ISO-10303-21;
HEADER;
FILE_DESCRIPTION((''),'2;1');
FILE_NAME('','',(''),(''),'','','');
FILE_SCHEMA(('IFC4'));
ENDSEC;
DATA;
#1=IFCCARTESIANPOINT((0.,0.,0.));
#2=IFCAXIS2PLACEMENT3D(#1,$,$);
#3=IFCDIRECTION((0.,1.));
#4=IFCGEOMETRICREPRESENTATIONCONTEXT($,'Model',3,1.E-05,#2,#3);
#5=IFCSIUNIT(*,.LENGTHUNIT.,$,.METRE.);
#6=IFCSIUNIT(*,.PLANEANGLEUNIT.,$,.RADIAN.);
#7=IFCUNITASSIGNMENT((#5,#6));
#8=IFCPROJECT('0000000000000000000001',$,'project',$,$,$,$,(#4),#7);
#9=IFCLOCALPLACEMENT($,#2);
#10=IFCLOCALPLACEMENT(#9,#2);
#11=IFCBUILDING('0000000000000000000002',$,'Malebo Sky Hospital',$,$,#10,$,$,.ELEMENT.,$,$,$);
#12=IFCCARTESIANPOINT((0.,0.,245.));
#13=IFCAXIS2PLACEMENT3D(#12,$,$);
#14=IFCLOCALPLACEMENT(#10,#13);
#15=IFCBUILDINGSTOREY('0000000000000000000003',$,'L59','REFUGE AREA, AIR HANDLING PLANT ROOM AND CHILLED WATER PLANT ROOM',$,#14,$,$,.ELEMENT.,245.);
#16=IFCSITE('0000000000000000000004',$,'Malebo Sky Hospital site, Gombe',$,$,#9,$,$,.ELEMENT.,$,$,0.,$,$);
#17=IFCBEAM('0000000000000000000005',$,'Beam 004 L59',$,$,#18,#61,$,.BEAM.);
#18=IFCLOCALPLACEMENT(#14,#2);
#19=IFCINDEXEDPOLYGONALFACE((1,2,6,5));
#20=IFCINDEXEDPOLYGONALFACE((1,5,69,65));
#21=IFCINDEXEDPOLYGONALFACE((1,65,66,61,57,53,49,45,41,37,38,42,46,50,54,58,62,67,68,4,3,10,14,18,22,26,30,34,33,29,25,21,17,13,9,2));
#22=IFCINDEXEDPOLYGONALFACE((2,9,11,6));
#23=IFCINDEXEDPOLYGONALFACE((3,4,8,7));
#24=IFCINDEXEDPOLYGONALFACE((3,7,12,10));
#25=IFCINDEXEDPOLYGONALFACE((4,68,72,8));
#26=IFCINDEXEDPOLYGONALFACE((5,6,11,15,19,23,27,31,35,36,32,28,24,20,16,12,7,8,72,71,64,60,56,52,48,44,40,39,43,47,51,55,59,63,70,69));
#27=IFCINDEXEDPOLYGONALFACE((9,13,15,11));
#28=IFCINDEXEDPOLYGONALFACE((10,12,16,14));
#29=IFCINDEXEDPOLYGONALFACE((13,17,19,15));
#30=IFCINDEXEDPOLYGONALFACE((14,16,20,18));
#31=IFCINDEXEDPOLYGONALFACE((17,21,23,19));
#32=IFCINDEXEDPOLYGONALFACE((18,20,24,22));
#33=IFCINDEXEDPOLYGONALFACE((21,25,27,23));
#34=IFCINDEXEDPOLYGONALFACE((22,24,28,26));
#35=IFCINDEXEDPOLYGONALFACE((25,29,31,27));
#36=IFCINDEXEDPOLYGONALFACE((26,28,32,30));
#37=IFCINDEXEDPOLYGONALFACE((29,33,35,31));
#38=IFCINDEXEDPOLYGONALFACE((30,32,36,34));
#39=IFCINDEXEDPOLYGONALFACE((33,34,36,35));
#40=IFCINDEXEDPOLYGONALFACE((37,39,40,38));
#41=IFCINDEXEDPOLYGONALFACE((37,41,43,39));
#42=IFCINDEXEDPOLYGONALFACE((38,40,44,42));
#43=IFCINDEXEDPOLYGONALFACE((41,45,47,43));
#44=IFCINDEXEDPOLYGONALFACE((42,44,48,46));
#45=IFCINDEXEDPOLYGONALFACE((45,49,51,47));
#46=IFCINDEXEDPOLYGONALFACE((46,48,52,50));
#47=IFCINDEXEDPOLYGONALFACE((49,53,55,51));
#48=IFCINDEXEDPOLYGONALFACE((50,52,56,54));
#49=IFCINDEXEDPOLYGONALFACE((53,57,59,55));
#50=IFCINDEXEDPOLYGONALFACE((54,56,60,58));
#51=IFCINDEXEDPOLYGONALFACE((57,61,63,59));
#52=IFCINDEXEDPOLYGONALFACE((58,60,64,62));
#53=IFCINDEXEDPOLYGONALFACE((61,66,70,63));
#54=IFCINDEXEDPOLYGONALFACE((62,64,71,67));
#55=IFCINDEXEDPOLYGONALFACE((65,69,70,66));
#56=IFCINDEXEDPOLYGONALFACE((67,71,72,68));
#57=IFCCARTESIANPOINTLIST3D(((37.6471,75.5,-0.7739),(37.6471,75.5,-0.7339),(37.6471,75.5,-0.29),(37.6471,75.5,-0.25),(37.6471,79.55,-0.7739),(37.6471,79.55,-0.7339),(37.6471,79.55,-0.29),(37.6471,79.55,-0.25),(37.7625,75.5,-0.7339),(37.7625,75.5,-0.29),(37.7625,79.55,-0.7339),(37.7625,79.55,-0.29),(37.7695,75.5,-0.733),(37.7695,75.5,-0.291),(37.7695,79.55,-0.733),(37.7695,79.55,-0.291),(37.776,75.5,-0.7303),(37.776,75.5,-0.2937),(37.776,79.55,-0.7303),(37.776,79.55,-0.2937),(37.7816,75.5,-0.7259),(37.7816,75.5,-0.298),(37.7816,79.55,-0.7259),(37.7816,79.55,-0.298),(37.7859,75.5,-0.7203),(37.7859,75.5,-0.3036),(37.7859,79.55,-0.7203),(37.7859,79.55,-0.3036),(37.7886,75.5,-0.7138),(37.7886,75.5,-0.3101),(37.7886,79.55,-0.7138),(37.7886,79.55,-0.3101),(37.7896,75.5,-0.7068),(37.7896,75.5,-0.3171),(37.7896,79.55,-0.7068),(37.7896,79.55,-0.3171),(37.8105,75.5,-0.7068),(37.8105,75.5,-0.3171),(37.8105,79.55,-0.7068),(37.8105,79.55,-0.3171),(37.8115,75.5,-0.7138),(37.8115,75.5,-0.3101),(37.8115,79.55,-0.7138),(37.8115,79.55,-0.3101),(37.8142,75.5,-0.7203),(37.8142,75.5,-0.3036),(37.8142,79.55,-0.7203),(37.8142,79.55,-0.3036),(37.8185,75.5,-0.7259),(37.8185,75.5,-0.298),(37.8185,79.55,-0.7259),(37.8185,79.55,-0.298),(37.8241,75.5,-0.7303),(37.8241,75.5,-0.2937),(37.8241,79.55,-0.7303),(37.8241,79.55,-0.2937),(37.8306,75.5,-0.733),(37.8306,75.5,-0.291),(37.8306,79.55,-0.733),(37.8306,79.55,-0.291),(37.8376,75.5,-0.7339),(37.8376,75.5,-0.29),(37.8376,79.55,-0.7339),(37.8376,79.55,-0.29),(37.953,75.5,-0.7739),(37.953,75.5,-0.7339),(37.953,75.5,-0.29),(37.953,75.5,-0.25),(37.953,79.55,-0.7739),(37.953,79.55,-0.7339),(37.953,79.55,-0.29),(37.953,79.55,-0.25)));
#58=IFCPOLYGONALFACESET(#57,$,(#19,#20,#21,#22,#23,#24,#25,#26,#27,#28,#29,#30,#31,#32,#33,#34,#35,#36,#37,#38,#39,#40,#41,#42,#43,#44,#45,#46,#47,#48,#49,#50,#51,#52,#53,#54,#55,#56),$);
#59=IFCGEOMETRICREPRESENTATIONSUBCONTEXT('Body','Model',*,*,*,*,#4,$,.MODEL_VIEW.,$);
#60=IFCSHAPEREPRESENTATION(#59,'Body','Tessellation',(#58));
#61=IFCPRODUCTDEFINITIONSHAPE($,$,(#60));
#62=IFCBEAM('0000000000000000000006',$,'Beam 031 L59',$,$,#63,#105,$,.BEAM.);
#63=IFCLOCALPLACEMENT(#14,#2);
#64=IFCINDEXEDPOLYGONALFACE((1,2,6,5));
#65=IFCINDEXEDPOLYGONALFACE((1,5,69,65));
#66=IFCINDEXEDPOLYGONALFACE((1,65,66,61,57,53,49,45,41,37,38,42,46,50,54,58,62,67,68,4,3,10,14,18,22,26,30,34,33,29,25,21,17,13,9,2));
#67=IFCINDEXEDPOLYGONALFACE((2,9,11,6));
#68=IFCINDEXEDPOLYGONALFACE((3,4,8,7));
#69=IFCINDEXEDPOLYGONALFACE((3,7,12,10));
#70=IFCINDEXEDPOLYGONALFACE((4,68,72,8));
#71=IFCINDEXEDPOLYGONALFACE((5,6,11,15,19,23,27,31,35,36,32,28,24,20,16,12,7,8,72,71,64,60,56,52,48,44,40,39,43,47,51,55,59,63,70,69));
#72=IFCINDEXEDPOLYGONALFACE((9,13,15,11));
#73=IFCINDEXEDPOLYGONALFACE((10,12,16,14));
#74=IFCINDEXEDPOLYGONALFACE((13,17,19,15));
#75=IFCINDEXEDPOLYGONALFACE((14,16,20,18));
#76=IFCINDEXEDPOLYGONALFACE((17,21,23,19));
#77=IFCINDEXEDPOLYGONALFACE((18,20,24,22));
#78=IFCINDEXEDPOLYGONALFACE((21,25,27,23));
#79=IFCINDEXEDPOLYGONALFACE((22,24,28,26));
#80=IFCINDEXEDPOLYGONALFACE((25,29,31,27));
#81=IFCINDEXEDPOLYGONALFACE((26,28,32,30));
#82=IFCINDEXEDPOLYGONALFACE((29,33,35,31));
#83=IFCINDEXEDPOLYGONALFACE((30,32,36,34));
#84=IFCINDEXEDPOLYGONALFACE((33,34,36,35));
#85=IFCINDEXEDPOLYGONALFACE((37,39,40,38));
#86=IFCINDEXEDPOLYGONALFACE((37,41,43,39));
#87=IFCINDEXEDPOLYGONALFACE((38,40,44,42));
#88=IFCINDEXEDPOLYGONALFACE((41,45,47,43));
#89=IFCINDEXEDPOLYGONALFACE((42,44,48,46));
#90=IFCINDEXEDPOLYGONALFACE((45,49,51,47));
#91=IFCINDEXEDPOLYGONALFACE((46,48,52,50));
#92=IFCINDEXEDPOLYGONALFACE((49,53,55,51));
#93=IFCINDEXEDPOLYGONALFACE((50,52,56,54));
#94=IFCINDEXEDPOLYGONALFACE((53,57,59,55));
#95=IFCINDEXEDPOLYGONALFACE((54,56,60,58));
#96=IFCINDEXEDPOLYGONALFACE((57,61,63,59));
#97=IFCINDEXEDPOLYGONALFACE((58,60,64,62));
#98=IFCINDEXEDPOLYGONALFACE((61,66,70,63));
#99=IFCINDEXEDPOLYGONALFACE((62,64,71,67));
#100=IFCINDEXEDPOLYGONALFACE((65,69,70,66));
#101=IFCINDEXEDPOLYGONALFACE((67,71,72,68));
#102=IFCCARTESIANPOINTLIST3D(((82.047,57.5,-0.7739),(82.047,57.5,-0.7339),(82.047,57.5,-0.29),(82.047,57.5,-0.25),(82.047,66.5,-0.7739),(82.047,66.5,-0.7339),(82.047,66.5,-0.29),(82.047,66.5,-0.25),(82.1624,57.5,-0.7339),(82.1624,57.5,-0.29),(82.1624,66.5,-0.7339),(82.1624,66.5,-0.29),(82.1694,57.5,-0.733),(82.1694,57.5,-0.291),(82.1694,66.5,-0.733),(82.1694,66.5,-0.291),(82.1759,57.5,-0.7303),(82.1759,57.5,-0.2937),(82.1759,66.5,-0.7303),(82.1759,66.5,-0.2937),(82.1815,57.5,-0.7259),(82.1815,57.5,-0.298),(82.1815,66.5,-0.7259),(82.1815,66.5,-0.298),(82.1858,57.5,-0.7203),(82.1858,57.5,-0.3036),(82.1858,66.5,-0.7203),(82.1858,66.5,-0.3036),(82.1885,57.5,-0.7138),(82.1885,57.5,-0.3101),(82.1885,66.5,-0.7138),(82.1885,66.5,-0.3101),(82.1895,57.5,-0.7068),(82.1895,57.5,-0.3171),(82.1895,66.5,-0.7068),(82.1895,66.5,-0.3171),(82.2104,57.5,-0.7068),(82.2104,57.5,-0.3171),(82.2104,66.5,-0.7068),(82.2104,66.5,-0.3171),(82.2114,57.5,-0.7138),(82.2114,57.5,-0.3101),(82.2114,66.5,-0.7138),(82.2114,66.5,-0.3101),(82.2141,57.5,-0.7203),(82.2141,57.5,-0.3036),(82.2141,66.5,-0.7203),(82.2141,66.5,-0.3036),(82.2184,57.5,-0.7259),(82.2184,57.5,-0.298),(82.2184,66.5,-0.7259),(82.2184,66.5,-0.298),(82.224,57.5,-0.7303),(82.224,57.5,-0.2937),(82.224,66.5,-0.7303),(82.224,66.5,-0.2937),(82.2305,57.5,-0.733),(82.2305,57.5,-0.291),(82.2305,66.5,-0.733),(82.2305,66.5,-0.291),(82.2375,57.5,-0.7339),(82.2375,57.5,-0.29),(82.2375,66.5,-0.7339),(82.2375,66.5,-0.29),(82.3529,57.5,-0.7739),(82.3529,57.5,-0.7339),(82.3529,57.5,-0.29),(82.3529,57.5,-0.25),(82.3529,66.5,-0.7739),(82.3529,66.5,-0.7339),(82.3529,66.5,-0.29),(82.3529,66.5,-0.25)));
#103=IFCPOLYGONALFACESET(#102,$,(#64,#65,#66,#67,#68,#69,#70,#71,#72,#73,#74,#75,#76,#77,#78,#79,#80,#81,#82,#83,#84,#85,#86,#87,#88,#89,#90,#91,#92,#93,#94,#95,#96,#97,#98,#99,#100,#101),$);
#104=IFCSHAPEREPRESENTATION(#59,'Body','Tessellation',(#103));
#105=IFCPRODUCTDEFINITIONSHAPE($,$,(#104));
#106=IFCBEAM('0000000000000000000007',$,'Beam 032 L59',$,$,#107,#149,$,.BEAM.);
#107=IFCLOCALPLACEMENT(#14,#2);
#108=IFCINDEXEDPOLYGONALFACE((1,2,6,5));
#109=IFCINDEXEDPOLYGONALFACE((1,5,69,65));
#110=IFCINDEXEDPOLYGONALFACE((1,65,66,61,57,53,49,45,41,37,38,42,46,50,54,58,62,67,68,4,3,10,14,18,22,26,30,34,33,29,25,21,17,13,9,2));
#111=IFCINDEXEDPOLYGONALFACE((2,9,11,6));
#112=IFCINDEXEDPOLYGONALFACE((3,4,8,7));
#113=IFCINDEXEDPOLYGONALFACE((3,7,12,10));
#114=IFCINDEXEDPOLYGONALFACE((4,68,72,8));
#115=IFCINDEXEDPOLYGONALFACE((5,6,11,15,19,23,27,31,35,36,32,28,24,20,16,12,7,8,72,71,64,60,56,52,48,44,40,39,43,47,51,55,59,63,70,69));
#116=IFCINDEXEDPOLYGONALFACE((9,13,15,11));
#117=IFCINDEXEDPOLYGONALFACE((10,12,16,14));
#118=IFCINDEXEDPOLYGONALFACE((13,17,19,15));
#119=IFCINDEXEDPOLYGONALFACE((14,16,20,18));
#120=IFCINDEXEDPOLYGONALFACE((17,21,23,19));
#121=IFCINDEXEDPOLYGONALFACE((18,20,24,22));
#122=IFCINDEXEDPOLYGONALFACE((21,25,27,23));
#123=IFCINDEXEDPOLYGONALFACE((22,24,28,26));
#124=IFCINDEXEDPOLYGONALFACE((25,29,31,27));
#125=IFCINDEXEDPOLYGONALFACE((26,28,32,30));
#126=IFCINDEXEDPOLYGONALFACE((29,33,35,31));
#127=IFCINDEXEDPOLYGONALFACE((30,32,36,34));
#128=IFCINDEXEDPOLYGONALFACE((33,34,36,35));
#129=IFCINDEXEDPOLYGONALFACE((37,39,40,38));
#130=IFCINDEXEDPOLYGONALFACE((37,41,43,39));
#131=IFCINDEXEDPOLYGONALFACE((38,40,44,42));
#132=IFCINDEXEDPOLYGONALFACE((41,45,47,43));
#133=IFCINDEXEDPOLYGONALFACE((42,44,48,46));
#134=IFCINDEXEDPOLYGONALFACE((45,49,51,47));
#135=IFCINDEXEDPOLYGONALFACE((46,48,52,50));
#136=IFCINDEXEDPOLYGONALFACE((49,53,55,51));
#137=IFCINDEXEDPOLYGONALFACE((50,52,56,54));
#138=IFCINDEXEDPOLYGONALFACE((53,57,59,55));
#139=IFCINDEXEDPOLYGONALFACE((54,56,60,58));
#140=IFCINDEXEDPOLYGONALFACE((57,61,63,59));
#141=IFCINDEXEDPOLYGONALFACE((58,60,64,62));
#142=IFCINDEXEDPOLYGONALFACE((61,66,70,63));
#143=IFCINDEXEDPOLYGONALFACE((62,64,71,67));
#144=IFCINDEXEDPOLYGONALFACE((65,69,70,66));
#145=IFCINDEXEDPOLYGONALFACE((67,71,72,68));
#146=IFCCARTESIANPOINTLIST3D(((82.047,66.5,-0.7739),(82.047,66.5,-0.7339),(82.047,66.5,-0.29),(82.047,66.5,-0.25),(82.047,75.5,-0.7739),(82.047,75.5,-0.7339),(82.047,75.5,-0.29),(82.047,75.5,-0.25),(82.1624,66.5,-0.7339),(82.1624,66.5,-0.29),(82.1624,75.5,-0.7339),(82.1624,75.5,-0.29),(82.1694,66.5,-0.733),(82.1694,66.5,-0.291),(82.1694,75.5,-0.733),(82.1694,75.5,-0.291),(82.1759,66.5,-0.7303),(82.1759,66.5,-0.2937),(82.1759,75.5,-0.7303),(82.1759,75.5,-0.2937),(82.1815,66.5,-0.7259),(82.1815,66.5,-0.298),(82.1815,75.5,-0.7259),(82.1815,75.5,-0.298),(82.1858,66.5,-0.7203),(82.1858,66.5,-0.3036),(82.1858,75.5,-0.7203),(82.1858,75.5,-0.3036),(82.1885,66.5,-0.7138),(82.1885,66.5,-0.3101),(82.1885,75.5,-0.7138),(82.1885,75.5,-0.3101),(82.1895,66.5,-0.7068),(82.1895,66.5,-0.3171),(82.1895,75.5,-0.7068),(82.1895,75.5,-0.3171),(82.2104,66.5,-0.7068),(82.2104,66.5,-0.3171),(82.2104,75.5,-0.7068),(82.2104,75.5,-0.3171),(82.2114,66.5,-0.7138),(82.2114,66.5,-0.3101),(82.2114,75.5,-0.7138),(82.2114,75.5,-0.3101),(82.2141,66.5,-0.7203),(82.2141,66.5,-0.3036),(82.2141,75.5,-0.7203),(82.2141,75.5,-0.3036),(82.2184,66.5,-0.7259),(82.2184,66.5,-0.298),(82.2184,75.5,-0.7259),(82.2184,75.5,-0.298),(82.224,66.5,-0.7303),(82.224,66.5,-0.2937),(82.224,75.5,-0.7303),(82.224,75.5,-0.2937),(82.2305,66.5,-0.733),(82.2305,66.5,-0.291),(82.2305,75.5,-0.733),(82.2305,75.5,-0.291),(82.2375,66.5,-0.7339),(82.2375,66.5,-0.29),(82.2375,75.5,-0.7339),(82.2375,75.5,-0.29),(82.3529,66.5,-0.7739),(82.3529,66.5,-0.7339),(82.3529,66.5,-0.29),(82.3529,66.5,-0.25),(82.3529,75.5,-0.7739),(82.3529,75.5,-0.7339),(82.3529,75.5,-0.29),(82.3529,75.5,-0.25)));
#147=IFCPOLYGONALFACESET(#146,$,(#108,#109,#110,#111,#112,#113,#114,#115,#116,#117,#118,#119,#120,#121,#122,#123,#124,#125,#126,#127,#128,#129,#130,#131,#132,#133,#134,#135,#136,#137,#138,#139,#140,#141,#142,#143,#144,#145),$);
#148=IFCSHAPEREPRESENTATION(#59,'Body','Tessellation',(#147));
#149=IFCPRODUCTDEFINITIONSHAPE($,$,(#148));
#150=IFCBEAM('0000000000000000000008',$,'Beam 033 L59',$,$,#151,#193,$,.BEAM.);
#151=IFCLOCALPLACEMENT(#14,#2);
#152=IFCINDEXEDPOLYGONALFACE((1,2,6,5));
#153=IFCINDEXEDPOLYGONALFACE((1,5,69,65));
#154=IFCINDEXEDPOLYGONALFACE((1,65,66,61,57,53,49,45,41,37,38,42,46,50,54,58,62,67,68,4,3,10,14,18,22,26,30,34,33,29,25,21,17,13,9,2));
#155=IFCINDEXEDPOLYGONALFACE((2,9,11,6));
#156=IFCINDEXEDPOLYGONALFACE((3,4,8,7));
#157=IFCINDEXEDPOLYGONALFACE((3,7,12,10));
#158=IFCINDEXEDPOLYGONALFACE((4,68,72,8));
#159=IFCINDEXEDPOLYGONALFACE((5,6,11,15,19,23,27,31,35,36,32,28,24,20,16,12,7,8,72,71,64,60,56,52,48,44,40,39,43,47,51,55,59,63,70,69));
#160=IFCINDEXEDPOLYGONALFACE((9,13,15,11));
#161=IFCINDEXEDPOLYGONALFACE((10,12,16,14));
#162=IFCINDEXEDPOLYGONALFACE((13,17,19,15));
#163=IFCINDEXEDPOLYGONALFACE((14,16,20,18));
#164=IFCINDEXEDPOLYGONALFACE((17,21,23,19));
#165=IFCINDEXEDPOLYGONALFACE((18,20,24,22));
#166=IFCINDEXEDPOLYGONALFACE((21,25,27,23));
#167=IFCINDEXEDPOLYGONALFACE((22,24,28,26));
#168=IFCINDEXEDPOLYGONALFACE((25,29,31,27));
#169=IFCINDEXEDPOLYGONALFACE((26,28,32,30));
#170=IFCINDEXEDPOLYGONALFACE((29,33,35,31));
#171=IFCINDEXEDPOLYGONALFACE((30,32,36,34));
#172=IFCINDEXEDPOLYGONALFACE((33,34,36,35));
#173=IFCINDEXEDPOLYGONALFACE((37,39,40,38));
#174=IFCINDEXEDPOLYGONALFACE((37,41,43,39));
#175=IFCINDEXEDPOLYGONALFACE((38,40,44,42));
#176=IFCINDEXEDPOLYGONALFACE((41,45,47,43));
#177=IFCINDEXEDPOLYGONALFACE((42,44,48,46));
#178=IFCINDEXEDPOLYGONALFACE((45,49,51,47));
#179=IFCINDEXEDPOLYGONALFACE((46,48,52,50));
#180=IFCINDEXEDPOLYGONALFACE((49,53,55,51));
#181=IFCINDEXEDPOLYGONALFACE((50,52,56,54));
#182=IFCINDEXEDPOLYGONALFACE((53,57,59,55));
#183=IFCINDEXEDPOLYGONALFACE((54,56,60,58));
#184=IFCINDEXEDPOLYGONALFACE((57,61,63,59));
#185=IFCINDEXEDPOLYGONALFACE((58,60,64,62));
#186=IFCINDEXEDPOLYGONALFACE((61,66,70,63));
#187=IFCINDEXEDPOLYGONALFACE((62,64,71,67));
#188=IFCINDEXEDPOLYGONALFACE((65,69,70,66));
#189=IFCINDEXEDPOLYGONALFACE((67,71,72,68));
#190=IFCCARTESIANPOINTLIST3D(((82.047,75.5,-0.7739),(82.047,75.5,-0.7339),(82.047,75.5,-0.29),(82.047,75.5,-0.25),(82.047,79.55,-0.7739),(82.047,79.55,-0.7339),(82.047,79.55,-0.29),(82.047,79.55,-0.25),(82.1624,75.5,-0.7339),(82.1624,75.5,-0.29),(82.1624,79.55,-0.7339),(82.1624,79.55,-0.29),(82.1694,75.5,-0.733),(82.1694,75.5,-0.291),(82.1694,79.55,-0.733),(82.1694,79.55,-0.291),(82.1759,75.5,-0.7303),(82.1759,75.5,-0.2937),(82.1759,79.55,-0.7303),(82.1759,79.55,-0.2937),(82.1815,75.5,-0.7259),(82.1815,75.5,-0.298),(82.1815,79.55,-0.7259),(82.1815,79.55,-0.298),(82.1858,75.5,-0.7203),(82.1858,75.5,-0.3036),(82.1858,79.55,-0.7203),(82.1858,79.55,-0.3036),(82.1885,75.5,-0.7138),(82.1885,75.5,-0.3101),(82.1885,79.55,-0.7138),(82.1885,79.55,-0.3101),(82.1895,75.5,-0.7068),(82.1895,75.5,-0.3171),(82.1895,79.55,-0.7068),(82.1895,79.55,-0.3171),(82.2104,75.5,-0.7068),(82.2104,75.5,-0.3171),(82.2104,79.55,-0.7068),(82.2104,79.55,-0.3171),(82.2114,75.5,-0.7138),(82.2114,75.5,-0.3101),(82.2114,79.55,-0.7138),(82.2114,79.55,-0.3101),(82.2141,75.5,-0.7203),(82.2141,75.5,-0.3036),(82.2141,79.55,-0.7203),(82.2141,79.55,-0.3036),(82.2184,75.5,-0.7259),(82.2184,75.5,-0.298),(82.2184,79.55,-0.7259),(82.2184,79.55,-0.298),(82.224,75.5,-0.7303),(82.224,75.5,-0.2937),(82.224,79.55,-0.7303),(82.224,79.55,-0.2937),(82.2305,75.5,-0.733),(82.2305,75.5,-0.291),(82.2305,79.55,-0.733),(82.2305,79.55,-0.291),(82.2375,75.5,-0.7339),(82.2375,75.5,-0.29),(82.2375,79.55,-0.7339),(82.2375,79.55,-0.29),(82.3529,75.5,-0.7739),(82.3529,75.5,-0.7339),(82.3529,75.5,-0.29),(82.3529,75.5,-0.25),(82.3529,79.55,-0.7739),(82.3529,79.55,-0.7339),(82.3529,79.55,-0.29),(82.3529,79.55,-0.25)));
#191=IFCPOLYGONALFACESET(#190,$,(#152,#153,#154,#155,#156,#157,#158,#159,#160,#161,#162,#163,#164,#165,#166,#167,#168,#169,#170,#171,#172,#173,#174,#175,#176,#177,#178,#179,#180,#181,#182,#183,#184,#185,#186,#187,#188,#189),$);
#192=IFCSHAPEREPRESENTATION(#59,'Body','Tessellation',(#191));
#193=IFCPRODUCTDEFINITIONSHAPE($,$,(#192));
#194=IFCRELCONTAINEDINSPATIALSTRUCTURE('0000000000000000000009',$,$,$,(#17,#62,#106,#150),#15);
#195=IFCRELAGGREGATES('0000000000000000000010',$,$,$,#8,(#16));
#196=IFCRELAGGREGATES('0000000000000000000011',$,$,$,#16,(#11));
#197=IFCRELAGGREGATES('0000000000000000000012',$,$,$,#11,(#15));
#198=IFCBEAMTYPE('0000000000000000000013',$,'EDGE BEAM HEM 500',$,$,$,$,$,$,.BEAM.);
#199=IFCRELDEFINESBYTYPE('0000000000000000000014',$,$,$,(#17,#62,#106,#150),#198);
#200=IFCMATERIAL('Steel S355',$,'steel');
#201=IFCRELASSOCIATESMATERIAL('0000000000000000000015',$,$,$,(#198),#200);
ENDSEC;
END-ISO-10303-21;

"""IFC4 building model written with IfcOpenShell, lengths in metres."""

from ifc_helpers import new_model, si_unit, direction, frame, origin, origin_2d, place, context, subcontext, project, spatial, i_section, extrude, material, material_profile, profile_set, type_object, element, save


model = new_model("IFC4")

# Units and contexts
model_context = context("Model", 3, precision=1e-05, world=origin(), true_north=direction((0.0, 1.0)))
body_context = subcontext(model_context, "Body", "Model", "MODEL_VIEW")
ifc_project = project(units=[si_unit("LENGTHUNIT", "METRE"), si_unit("PLANEANGLEUNIT", "RADIAN")], contexts=[model_context])

# Site, building, storey
site_placement = place(None, origin())
site = spatial("IfcSite", under=ifc_project, at=site_placement, Name="Malebo Sky Hospital site, Gombe", CompositionType="ELEMENT", RefElevation=0.0)
building_placement = place(site_placement, origin())
building = spatial("IfcBuilding", under=site, at=building_placement, Name="Malebo Sky Hospital", CompositionType="ELEMENT")
storey_placement = place(building_placement, frame((0.0, 0.0, 245.0)))
storey = spatial("IfcBuildingStorey", under=building, at=storey_placement, Name="L59", Description="REFUGE AREA, AIR HANDLING PLANT ROOM AND CHILLED WATER PLANT ROOM", CompositionType="ELEMENT", Elevation=245.0)

# Beams
ifc_material_1 = material(Name="Steel S355", Category="steel")
ifc_material_profile_1 = material_profile(ifc_material_1, i_section(OverallWidth=0.3059, OverallDepth=0.5239, WebThickness=0.021, FlangeThickness=0.04, FilletRadius=0.0271, at=origin_2d()), Name="HEM 500")
ifc_profile_set_1 = profile_set([ifc_material_profile_1], Name="Steel S355")
beam_type_1 = type_object("IfcBeamType", Name="EDGE BEAM HEM 500", PredefinedType="BEAM", material=ifc_profile_set_1)
beam_1_placement = place(storey_placement, frame((37.8, 75.5, -0.512), z_axis=(0.0, 1.0, 0.0), x_axis=(-1.0, 0.0, 0.0)))
element("IfcBeam", 1, at=beam_1_placement, inside=storey, type_object=beam_type_1, Name="Beam 004 L59", PredefinedType="BEAM", context=body_context, shape_type="SweptSolid", body=[
    extrude(i_section(OverallWidth=0.3059, OverallDepth=0.5239, WebThickness=0.021, FlangeThickness=0.04, FilletRadius=0.0271, at=origin_2d()), origin(), (0.0, 0.0, 1.0), 4.05),
])
for number, where, z_axis, x_axis, name in (
    (2, (82.2, 57.5, -0.512), (0.0, 1.0, 0.0), (-1.0, 0.0, 0.0), "Beam 031 L59"),
    (3, (82.2, 66.5, -0.512), (0.0, 1.0, 0.0), (-1.0, 0.0, 0.0), "Beam 032 L59"),
):
    element("IfcBeam", number, at=place(storey_placement, frame(where, z_axis=z_axis, x_axis=x_axis)), inside=storey, type_object=beam_type_1, Name=name, PredefinedType="BEAM", context=body_context, shape_type="SweptSolid", body=[
        extrude(i_section(OverallWidth=0.3059, OverallDepth=0.5239, WebThickness=0.021, FlangeThickness=0.04, FilletRadius=0.0271, at=origin_2d()), origin(), (0.0, 0.0, 1.0), 9.0),
    ])
for number, where, z_axis, x_axis, name in (
    (4, (82.2, 75.5, -0.512), (0.0, 1.0, 0.0), (-1.0, 0.0, 0.0), "Beam 033 L59"),
):
    element("IfcBeam", number, at=place(storey_placement, frame(where, z_axis=z_axis, x_axis=x_axis)), inside=storey, type_object=beam_type_1, Name=name, PredefinedType="BEAM", context=body_context, shape_type="SweptSolid", body=[
        extrude(i_section(OverallWidth=0.3059, OverallDepth=0.5239, WebThickness=0.021, FlangeThickness=0.04, FilletRadius=0.0271, at=origin_2d()), origin(), (0.0, 0.0, 1.0), 4.05),
    ])

save(model, "model.ifc")
